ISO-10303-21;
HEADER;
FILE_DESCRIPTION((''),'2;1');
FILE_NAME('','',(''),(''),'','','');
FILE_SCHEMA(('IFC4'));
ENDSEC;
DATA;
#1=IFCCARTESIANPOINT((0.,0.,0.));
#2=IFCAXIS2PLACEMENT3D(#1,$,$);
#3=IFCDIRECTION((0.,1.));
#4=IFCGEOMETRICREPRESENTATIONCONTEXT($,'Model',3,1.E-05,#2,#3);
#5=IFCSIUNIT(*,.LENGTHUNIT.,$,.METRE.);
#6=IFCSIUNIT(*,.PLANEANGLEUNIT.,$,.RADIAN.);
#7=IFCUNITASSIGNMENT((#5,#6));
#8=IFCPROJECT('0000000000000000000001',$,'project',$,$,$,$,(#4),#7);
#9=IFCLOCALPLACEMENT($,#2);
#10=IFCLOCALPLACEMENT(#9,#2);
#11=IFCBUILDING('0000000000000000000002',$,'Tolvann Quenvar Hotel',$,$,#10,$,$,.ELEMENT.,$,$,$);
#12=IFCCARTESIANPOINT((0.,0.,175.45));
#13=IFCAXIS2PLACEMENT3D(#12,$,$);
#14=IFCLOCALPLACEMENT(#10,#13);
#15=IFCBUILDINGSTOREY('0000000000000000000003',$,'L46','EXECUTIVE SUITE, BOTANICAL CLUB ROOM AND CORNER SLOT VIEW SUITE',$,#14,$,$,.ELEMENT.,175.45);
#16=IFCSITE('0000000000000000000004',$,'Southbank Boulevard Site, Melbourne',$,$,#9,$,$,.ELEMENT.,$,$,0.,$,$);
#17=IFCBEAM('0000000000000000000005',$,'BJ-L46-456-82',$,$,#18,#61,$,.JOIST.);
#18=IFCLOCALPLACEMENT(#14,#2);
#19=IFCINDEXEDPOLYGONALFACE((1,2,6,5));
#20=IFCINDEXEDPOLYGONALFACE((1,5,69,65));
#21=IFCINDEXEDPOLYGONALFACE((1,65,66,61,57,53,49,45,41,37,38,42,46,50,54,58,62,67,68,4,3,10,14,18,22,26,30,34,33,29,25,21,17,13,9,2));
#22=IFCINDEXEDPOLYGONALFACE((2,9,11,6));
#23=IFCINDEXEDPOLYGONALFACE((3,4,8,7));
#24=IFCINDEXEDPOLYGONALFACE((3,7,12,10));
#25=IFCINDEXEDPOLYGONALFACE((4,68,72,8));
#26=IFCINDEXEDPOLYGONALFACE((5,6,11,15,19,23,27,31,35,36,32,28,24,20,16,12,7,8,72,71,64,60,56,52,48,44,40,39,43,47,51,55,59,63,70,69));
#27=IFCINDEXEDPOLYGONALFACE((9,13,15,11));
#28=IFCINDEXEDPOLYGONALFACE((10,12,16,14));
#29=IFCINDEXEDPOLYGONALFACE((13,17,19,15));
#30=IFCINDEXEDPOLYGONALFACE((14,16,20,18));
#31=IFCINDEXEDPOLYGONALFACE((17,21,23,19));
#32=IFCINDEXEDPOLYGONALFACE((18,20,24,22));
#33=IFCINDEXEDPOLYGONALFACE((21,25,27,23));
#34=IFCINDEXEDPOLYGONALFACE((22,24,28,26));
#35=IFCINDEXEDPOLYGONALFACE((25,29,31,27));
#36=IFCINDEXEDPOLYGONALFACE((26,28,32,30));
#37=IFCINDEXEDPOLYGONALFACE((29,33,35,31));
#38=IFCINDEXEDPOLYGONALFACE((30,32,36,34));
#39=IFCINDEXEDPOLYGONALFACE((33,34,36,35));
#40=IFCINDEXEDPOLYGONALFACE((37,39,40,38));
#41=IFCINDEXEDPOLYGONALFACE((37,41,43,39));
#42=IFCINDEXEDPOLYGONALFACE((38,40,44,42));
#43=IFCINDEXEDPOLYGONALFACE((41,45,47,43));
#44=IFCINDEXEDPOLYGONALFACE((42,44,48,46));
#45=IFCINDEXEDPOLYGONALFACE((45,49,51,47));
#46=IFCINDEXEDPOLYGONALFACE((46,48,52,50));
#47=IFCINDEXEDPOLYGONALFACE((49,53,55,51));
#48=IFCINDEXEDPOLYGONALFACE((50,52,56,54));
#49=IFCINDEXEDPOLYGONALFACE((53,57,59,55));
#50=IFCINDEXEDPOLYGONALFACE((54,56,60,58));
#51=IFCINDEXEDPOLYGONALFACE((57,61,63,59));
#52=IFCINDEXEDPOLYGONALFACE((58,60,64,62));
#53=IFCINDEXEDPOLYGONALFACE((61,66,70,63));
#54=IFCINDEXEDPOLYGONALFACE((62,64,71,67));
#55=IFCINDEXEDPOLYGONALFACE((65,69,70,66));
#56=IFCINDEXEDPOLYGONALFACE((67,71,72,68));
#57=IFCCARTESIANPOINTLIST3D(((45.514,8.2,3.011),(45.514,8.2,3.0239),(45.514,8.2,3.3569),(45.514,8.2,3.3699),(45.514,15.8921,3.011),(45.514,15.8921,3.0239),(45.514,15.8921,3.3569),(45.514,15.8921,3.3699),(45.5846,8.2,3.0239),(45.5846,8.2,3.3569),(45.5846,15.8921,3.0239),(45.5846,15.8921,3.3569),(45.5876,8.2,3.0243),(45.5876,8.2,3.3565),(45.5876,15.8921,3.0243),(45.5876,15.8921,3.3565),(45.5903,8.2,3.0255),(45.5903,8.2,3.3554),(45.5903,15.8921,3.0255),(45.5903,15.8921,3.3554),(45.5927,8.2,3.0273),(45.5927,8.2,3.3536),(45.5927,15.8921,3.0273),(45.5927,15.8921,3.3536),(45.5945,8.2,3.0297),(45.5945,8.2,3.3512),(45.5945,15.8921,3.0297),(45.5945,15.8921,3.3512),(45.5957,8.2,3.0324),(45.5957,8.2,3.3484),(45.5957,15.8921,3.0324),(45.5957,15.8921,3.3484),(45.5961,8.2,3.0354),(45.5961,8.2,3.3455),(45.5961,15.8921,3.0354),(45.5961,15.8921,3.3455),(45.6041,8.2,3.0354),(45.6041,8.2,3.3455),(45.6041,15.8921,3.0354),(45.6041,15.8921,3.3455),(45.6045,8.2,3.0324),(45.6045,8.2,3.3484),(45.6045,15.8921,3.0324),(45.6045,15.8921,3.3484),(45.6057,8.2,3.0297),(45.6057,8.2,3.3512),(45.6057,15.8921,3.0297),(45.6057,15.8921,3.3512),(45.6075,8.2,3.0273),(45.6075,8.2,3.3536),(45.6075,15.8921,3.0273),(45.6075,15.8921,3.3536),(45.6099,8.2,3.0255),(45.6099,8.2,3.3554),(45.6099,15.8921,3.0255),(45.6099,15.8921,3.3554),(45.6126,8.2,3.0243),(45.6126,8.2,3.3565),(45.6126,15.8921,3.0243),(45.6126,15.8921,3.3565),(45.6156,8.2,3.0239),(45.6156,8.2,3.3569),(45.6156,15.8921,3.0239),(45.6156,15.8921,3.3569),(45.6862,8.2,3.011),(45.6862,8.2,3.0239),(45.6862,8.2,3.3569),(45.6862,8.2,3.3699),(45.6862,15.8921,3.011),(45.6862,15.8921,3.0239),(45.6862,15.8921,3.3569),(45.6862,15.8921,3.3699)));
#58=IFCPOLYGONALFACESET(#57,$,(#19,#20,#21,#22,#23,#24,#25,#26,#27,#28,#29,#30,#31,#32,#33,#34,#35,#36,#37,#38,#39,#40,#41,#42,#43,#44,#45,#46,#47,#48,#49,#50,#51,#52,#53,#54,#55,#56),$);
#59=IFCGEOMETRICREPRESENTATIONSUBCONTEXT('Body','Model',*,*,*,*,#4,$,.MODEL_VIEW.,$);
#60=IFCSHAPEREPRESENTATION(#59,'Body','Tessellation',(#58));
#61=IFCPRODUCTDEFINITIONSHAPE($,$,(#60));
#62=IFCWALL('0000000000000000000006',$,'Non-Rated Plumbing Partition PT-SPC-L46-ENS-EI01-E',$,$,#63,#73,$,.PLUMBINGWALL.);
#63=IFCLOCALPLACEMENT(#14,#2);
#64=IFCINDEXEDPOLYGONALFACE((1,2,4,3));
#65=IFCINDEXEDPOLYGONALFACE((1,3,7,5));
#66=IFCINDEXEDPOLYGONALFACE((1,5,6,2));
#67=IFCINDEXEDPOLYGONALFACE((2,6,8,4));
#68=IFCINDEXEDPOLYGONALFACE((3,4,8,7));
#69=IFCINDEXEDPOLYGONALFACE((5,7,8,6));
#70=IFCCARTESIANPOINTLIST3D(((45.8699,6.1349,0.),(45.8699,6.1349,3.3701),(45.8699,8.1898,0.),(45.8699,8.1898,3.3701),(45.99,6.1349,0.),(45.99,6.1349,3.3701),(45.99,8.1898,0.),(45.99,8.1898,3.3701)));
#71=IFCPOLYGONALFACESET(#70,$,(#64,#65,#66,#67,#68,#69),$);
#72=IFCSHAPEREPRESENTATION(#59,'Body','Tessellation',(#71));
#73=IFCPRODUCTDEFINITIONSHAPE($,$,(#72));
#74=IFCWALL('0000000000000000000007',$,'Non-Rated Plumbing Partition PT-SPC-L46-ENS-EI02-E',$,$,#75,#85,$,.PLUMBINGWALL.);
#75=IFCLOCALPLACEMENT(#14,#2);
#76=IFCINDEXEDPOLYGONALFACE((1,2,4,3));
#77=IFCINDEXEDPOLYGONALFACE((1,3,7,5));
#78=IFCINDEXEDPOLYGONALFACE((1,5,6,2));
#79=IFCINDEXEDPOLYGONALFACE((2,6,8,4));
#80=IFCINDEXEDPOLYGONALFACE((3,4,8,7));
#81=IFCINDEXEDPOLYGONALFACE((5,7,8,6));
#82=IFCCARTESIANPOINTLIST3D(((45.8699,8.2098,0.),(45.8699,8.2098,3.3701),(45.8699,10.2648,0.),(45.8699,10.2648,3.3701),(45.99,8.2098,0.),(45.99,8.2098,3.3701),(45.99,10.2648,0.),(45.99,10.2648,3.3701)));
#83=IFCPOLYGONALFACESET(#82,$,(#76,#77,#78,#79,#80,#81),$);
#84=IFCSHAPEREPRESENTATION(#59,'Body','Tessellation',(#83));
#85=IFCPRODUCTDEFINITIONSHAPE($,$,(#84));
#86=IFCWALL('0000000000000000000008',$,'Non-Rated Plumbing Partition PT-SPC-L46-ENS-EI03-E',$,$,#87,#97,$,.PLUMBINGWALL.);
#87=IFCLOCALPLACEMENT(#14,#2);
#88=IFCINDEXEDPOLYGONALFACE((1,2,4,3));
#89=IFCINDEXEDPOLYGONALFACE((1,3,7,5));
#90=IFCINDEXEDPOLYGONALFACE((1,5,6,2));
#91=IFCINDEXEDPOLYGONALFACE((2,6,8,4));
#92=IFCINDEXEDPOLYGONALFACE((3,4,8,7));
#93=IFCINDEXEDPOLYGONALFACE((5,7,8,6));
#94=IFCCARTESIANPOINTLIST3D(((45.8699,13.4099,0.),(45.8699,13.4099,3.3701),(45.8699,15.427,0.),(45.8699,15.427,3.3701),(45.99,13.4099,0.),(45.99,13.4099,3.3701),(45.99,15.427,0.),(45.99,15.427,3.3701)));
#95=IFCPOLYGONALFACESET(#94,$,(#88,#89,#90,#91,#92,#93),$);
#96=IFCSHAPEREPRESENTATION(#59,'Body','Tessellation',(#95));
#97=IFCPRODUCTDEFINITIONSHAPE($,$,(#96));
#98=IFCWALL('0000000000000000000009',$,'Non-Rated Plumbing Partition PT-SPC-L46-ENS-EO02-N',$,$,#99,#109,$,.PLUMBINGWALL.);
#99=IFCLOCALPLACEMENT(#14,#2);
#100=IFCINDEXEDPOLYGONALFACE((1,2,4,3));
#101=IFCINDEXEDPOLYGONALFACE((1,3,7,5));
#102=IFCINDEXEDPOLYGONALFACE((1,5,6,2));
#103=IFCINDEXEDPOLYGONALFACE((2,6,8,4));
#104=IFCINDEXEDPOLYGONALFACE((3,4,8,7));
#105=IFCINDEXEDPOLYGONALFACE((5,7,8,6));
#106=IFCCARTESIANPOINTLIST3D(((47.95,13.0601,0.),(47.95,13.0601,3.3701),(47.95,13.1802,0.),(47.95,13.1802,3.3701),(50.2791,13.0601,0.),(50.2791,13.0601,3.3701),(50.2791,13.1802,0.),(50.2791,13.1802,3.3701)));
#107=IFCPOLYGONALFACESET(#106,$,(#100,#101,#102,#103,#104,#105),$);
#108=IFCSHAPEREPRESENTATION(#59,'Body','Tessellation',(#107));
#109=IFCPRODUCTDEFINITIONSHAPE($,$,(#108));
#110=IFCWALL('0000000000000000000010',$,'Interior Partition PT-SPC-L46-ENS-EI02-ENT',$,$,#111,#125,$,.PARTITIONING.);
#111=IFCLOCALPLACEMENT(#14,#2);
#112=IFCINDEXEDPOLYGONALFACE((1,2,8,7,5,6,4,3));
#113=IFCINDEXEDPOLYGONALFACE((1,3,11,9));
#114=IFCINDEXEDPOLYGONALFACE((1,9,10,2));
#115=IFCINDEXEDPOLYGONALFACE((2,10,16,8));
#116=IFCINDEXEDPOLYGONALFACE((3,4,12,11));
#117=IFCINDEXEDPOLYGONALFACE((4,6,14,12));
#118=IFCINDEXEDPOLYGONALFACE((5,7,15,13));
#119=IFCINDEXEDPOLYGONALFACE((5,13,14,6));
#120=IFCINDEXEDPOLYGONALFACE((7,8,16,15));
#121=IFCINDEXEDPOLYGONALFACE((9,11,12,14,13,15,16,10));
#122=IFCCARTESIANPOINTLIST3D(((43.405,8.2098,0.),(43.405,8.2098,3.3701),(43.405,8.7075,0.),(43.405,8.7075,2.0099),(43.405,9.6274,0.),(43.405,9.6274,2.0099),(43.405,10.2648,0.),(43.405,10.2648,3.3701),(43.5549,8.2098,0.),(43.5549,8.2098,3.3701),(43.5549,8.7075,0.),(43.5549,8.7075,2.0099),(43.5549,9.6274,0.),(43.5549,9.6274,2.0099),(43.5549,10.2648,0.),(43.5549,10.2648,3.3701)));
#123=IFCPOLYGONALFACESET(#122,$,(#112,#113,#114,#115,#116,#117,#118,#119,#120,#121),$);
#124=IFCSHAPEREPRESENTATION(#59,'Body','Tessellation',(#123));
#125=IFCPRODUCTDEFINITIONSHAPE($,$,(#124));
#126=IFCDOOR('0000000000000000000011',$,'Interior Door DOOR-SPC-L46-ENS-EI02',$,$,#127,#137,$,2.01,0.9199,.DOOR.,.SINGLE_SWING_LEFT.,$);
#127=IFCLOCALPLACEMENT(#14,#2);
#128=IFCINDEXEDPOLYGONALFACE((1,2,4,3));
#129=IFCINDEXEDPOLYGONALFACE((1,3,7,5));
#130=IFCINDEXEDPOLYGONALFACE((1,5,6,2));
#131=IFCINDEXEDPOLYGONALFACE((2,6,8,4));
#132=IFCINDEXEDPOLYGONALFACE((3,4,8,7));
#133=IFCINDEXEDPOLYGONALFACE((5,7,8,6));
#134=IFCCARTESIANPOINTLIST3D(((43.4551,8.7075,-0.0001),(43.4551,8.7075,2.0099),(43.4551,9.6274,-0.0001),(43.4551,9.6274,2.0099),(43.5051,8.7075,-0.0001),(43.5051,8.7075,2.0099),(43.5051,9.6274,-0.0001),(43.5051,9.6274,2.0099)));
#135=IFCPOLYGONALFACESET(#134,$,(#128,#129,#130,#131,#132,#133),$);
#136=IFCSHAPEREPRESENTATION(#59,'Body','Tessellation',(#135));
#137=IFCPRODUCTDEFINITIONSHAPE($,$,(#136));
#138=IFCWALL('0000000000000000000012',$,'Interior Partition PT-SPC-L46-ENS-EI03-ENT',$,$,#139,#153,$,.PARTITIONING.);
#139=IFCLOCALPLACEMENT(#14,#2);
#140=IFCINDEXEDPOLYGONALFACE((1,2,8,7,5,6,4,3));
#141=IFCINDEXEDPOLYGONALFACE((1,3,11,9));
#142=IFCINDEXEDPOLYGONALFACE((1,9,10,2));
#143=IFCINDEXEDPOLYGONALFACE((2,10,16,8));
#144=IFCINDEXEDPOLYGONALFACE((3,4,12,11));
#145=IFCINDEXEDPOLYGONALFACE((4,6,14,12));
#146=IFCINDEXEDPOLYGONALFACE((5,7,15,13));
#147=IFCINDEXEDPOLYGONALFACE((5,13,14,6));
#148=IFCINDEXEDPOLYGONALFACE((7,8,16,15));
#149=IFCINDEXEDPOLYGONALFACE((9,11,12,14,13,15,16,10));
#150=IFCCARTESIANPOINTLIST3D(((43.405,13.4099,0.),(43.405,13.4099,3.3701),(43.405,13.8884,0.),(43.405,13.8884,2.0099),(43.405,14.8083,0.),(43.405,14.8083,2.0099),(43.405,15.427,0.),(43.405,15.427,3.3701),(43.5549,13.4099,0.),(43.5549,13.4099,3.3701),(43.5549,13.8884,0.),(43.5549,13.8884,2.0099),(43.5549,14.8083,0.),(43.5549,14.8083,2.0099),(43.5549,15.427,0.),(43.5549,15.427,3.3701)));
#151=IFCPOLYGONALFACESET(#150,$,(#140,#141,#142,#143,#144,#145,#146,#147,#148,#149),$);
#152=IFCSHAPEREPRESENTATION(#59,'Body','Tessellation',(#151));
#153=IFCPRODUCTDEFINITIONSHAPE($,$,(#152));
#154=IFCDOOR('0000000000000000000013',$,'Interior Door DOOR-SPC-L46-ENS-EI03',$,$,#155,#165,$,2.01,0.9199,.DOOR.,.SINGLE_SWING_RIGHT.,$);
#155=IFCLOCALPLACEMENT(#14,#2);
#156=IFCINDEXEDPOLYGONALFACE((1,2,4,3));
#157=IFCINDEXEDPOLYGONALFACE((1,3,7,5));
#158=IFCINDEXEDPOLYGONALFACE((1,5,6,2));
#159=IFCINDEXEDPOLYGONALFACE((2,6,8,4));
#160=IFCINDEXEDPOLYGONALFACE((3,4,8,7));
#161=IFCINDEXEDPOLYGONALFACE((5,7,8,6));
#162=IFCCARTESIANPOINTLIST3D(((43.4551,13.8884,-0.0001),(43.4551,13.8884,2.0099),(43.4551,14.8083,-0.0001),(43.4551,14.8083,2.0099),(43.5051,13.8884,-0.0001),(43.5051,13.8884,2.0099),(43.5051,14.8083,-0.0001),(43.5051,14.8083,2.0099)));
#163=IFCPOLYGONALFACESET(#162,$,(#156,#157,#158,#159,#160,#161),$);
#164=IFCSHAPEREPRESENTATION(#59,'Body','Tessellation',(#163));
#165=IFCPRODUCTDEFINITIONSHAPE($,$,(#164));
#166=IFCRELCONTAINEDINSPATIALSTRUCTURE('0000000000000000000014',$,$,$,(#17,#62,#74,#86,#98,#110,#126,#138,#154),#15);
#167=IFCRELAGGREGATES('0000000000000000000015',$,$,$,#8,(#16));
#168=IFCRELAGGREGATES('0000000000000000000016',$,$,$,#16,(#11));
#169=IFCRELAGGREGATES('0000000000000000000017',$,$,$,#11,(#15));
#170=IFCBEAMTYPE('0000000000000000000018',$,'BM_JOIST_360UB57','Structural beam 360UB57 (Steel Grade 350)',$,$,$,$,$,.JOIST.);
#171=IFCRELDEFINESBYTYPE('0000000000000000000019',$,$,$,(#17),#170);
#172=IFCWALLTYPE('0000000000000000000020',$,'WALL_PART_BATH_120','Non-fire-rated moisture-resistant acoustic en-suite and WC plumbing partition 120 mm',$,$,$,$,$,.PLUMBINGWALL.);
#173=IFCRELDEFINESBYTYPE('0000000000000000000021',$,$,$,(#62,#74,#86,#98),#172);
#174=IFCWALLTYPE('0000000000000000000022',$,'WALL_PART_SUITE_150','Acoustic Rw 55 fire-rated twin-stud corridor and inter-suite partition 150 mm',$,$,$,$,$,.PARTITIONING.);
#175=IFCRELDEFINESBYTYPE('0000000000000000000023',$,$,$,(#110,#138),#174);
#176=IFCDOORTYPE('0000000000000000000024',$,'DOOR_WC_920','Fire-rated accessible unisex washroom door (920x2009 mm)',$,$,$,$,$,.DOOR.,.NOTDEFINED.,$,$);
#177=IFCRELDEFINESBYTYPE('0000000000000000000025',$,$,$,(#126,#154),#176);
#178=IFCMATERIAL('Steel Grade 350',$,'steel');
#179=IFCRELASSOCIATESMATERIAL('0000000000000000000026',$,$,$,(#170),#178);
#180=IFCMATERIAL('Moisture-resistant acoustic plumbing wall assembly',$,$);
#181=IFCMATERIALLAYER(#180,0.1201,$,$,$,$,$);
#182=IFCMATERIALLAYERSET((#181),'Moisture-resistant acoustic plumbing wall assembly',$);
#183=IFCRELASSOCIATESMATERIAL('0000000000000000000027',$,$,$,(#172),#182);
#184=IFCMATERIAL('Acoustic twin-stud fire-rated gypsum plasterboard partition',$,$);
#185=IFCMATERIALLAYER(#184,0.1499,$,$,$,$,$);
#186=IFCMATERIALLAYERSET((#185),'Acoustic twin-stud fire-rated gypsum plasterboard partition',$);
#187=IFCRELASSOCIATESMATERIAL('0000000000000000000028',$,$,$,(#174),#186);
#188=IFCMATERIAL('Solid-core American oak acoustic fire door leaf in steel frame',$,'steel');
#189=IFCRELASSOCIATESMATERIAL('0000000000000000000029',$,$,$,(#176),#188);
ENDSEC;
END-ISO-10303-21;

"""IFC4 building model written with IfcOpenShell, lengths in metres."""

from ifc_helpers import new_model, si_unit, direction, frame, frame_2d, origin, origin_2d, place, context, subcontext, project, spatial, rectangle, i_section, extrude, source, transform, mapped, material, layer, layer_set, material_profile, profile_set, type_object, type_shapes, element, fill, save


model = new_model("IFC4")

# Units and contexts
model_context = context("Model", 3, precision=1e-05, world=origin(), true_north=direction((0.0, 1.0)))
body_context = subcontext(model_context, "Body", "Model", "MODEL_VIEW")
ifc_project = project(units=[si_unit("LENGTHUNIT", "METRE"), si_unit("PLANEANGLEUNIT", "RADIAN")], contexts=[model_context])

# Site, building, storey
site_placement = place(None, origin())
site = spatial("IfcSite", under=ifc_project, at=site_placement, Name="Southbank Boulevard Site, Melbourne", CompositionType="ELEMENT", RefElevation=0.0)
building_placement = place(site_placement, origin())
building = spatial("IfcBuilding", under=site, at=building_placement, Name="Tolvann Quenvar Hotel", CompositionType="ELEMENT")
storey_placement = place(building_placement, frame((0.0, 0.0, 175.45)))
storey = spatial("IfcBuildingStorey", under=building, at=storey_placement, Name="L46", Description="EXECUTIVE SUITE, BOTANICAL CLUB ROOM AND CORNER SLOT VIEW SUITE", CompositionType="ELEMENT", Elevation=175.45)

# Beam
ifc_material_1 = material(Name="Steel Grade 350", Category="steel")
ifc_material_profile = material_profile(ifc_material_1, i_section(OverallWidth=0.1721, OverallDepth=0.3589, WebThickness=0.0081, FlangeThickness=0.0129, FilletRadius=0.0115, at=origin_2d()), Name="360UB57")
ifc_profile_set = profile_set([ifc_material_profile], Name="Steel Grade 350")
beam_type = type_object("IfcBeamType", Name="BM_JOIST_360UB57", Description="Structural beam 360UB57 (Steel Grade 350)", PredefinedType="JOIST", material=ifc_profile_set)
shared_shape_1 = source(origin(), body_context, "Body", "SweptSolid", [
    extrude(i_section(OverallWidth=0.1721, OverallDepth=0.3589, WebThickness=0.0081, FlangeThickness=0.0129, FilletRadius=0.0115, at=origin_2d()), origin(), (0.0, 0.0, 1.0), 7.6921),
])
type_shapes(beam_type, [shared_shape_1])
beam_placement = place(storey_placement, frame((45.6001, 8.2, 3.1904), z_axis=(0.0, 1.0, 0.0), x_axis=(-1.0, 0.0, 0.0)))
element("IfcBeam", 1, at=beam_placement, inside=storey, type_object=beam_type, Name="BJ-L46-456-82", PredefinedType="JOIST", context=body_context, shape_type="MappedRepresentation", body=[
    mapped(shared_shape_1, transform((0.0, 0.0, 0.0), x_axis=(1.0, 0.0, 0.0), y_axis=(0.0, 1.0, 0.0), z_axis=(0.0, 0.0, 1.0), scale=1.0)),
])

# Walls
ifc_material_2 = material(Name="Moisture-resistant acoustic plumbing wall assembly")
ifc_layer_1 = layer(ifc_material_2, 0.1201)
ifc_layer_set_1 = layer_set([ifc_layer_1], Name="Moisture-resistant acoustic plumbing wall assembly")
wall_type_1 = type_object("IfcWallType", Name="WALL_PART_BATH_120", Description="Non-fire-rated moisture-resistant acoustic en-suite and WC plumbing partition 120 mm", PredefinedType="PLUMBINGWALL", material=ifc_layer_set_1)
for number, where, z_axis, x_axis, name in (
    (2, (45.9299, 6.135, 0.0), (0.0, 0.0, 1.0), (0.0, 1.0, 0.0), "Non-Rated Plumbing Partition PT-SPC-L46-ENS-EI01-E"),
    (3, (45.9299, 8.21, 0.0), (0.0, 0.0, 1.0), (0.0, 1.0, 0.0), "Non-Rated Plumbing Partition PT-SPC-L46-ENS-EI02-E"),
):
    element("IfcWall", number, at=place(storey_placement, frame(where, z_axis=z_axis, x_axis=x_axis)), inside=storey, type_object=wall_type_1, Name=name, PredefinedType="PLUMBINGWALL", context=body_context, shape_type="SweptSolid", body=[
        extrude(rectangle(XDim=2.0549, YDim=0.1201, at=frame_2d((1.0273, 0.0))), origin(), (0.0, 0.0, 1.0), 3.3701),
    ])
wall_1_placement = place(storey_placement, frame((45.9299, 13.4099, 0.0), z_axis=(0.0, 0.0, 1.0), x_axis=(0.0, 1.0, 0.0)))
element("IfcWall", 4, at=wall_1_placement, inside=storey, type_object=wall_type_1, Name="Non-Rated Plumbing Partition PT-SPC-L46-ENS-EI03-E", PredefinedType="PLUMBINGWALL", context=body_context, shape_type="SweptSolid", body=[
    extrude(rectangle(XDim=2.0171, YDim=0.1201, at=frame_2d((1.0085, 0.0))), origin(), (0.0, 0.0, 1.0), 3.3701),
])
wall_2_placement = place(storey_placement, frame((47.95, 13.1201, 0.0), z_axis=(0.0, 0.0, 1.0), x_axis=(1.0, 0.0, 0.0)))
element("IfcWall", 5, at=wall_2_placement, inside=storey, type_object=wall_type_1, Name="Non-Rated Plumbing Partition PT-SPC-L46-ENS-EO02-N", PredefinedType="PLUMBINGWALL", context=body_context, shape_type="SweptSolid", body=[
    extrude(rectangle(XDim=2.3291, YDim=0.1201, at=frame_2d((1.1646, 0.0))), origin(), (0.0, 0.0, 1.0), 3.3701),
])

# Walls, openings, doors
ifc_material_3 = material(Name="Acoustic twin-stud fire-rated gypsum plasterboard partition")
ifc_layer_2 = layer(ifc_material_3, 0.1499)
ifc_layer_set_2 = layer_set([ifc_layer_2], Name="Acoustic twin-stud fire-rated gypsum plasterboard partition")
wall_type_2 = type_object("IfcWallType", Name="WALL_PART_SUITE_150", Description="Acoustic Rw 55 fire-rated twin-stud corridor and inter-suite partition 150 mm", PredefinedType="PARTITIONING", material=ifc_layer_set_2)
wall_3_placement = place(storey_placement, frame((43.48, 8.21, 0.0), z_axis=(0.0, 0.0, 1.0), x_axis=(0.0, 1.0, 0.0)))
wall_3 = element("IfcWall", 6, at=wall_3_placement, inside=storey, type_object=wall_type_2, Name="Interior Partition PT-SPC-L46-ENS-EI02-ENT", PredefinedType="PARTITIONING", context=body_context, shape_type="SweptSolid", body=[
    extrude(rectangle(XDim=2.0549, YDim=0.1499, at=frame_2d((1.0273, 0.0))), origin(), (0.0, 0.0, 1.0), 3.3701),
])
opening_1_placement = place(wall_3_placement, frame((0.4976, 0.0, 0.0)))
opening_1 = element("IfcOpeningElement", 7, at=opening_1_placement, cuts=wall_3, PredefinedType="OPENING", context=body_context, shape_type="SweptSolid", body=[
    extrude(rectangle(XDim=0.9199, YDim=2.01, at=frame_2d((0.46, 1.0049))), frame((0.0, 0.085, 0.0), z_axis=(0.0, -1.0, 0.0), x_axis=(1.0, 0.0, 0.0)), (0.0, 0.0, 1.0), 0.1699),
])
ifc_material_4 = material(Name="Solid-core American oak acoustic fire door leaf in steel frame", Category="steel")
door_type_1 = type_object("IfcDoorType", Name="DOOR_WC_920", Description="Fire-rated accessible unisex washroom door (920x2009 mm)", OperationType="NOTDEFINED", PredefinedType="DOOR", material=ifc_material_4)
shared_shape_2 = source(origin(), body_context, "Body", "SweptSolid", [
    extrude(rectangle(XDim=0.9199, YDim=2.01, at=frame_2d((0.46, 1.0049))), frame((0.0, 0.0249, 0.0), z_axis=(0.0, -1.0, 0.0), x_axis=(1.0, 0.0, 0.0)), (0.0, 0.0, 1.0), 0.05),
])
type_shapes(door_type_1, [shared_shape_2])
door_1_placement = place(opening_1_placement, origin())
door_1 = element("IfcDoor", 8, at=door_1_placement, inside=storey, type_object=door_type_1, Name="Interior Door DOOR-SPC-L46-ENS-EI02", OperationType="SINGLE_SWING_LEFT", OverallHeight=2.01, OverallWidth=0.9199, PredefinedType="DOOR", context=body_context, shape_type="MappedRepresentation", body=[
    mapped(shared_shape_2, transform((0.0, 0.0, 0.0), x_axis=(1.0, 0.0, 0.0), y_axis=(0.0, 1.0, 0.0), z_axis=(0.0, 0.0, 1.0), scale=1.0)),
])
fill(opening_1, door_1)
wall_4_placement = place(storey_placement, frame((43.48, 13.4099, 0.0), z_axis=(0.0, 0.0, 1.0), x_axis=(0.0, 1.0, 0.0)))
wall_4 = element("IfcWall", 9, at=wall_4_placement, inside=storey, type_object=wall_type_2, Name="Interior Partition PT-SPC-L46-ENS-EI03-ENT", PredefinedType="PARTITIONING", context=body_context, shape_type="SweptSolid", body=[
    extrude(rectangle(XDim=2.0171, YDim=0.1499, at=frame_2d((1.0085, 0.0))), origin(), (0.0, 0.0, 1.0), 3.3701),
])
opening_2_placement = place(wall_4_placement, frame((0.4785, 0.0, 0.0)))
opening_2 = element("IfcOpeningElement", 10, at=opening_2_placement, cuts=wall_4, PredefinedType="OPENING", context=body_context, shape_type="SweptSolid", body=[
    extrude(rectangle(XDim=0.9199, YDim=2.01, at=frame_2d((0.46, 1.0049))), frame((0.0, 0.085, 0.0), z_axis=(0.0, -1.0, 0.0), x_axis=(1.0, 0.0, 0.0)), (0.0, 0.0, 1.0), 0.1699),
])
door_2_placement = place(opening_2_placement, origin())
door_2 = element("IfcDoor", 11, at=door_2_placement, inside=storey, type_object=door_type_1, Name="Interior Door DOOR-SPC-L46-ENS-EI03", OperationType="SINGLE_SWING_RIGHT", OverallHeight=2.01, OverallWidth=0.9199, PredefinedType="DOOR", context=body_context, shape_type="MappedRepresentation", body=[
    mapped(shared_shape_2, transform((0.0, 0.0, 0.0), x_axis=(1.0, 0.0, 0.0), y_axis=(0.0, 1.0, 0.0), z_axis=(0.0, 0.0, 1.0), scale=1.0)),
])
fill(opening_2, door_2)

save(model, "model.ifc")
